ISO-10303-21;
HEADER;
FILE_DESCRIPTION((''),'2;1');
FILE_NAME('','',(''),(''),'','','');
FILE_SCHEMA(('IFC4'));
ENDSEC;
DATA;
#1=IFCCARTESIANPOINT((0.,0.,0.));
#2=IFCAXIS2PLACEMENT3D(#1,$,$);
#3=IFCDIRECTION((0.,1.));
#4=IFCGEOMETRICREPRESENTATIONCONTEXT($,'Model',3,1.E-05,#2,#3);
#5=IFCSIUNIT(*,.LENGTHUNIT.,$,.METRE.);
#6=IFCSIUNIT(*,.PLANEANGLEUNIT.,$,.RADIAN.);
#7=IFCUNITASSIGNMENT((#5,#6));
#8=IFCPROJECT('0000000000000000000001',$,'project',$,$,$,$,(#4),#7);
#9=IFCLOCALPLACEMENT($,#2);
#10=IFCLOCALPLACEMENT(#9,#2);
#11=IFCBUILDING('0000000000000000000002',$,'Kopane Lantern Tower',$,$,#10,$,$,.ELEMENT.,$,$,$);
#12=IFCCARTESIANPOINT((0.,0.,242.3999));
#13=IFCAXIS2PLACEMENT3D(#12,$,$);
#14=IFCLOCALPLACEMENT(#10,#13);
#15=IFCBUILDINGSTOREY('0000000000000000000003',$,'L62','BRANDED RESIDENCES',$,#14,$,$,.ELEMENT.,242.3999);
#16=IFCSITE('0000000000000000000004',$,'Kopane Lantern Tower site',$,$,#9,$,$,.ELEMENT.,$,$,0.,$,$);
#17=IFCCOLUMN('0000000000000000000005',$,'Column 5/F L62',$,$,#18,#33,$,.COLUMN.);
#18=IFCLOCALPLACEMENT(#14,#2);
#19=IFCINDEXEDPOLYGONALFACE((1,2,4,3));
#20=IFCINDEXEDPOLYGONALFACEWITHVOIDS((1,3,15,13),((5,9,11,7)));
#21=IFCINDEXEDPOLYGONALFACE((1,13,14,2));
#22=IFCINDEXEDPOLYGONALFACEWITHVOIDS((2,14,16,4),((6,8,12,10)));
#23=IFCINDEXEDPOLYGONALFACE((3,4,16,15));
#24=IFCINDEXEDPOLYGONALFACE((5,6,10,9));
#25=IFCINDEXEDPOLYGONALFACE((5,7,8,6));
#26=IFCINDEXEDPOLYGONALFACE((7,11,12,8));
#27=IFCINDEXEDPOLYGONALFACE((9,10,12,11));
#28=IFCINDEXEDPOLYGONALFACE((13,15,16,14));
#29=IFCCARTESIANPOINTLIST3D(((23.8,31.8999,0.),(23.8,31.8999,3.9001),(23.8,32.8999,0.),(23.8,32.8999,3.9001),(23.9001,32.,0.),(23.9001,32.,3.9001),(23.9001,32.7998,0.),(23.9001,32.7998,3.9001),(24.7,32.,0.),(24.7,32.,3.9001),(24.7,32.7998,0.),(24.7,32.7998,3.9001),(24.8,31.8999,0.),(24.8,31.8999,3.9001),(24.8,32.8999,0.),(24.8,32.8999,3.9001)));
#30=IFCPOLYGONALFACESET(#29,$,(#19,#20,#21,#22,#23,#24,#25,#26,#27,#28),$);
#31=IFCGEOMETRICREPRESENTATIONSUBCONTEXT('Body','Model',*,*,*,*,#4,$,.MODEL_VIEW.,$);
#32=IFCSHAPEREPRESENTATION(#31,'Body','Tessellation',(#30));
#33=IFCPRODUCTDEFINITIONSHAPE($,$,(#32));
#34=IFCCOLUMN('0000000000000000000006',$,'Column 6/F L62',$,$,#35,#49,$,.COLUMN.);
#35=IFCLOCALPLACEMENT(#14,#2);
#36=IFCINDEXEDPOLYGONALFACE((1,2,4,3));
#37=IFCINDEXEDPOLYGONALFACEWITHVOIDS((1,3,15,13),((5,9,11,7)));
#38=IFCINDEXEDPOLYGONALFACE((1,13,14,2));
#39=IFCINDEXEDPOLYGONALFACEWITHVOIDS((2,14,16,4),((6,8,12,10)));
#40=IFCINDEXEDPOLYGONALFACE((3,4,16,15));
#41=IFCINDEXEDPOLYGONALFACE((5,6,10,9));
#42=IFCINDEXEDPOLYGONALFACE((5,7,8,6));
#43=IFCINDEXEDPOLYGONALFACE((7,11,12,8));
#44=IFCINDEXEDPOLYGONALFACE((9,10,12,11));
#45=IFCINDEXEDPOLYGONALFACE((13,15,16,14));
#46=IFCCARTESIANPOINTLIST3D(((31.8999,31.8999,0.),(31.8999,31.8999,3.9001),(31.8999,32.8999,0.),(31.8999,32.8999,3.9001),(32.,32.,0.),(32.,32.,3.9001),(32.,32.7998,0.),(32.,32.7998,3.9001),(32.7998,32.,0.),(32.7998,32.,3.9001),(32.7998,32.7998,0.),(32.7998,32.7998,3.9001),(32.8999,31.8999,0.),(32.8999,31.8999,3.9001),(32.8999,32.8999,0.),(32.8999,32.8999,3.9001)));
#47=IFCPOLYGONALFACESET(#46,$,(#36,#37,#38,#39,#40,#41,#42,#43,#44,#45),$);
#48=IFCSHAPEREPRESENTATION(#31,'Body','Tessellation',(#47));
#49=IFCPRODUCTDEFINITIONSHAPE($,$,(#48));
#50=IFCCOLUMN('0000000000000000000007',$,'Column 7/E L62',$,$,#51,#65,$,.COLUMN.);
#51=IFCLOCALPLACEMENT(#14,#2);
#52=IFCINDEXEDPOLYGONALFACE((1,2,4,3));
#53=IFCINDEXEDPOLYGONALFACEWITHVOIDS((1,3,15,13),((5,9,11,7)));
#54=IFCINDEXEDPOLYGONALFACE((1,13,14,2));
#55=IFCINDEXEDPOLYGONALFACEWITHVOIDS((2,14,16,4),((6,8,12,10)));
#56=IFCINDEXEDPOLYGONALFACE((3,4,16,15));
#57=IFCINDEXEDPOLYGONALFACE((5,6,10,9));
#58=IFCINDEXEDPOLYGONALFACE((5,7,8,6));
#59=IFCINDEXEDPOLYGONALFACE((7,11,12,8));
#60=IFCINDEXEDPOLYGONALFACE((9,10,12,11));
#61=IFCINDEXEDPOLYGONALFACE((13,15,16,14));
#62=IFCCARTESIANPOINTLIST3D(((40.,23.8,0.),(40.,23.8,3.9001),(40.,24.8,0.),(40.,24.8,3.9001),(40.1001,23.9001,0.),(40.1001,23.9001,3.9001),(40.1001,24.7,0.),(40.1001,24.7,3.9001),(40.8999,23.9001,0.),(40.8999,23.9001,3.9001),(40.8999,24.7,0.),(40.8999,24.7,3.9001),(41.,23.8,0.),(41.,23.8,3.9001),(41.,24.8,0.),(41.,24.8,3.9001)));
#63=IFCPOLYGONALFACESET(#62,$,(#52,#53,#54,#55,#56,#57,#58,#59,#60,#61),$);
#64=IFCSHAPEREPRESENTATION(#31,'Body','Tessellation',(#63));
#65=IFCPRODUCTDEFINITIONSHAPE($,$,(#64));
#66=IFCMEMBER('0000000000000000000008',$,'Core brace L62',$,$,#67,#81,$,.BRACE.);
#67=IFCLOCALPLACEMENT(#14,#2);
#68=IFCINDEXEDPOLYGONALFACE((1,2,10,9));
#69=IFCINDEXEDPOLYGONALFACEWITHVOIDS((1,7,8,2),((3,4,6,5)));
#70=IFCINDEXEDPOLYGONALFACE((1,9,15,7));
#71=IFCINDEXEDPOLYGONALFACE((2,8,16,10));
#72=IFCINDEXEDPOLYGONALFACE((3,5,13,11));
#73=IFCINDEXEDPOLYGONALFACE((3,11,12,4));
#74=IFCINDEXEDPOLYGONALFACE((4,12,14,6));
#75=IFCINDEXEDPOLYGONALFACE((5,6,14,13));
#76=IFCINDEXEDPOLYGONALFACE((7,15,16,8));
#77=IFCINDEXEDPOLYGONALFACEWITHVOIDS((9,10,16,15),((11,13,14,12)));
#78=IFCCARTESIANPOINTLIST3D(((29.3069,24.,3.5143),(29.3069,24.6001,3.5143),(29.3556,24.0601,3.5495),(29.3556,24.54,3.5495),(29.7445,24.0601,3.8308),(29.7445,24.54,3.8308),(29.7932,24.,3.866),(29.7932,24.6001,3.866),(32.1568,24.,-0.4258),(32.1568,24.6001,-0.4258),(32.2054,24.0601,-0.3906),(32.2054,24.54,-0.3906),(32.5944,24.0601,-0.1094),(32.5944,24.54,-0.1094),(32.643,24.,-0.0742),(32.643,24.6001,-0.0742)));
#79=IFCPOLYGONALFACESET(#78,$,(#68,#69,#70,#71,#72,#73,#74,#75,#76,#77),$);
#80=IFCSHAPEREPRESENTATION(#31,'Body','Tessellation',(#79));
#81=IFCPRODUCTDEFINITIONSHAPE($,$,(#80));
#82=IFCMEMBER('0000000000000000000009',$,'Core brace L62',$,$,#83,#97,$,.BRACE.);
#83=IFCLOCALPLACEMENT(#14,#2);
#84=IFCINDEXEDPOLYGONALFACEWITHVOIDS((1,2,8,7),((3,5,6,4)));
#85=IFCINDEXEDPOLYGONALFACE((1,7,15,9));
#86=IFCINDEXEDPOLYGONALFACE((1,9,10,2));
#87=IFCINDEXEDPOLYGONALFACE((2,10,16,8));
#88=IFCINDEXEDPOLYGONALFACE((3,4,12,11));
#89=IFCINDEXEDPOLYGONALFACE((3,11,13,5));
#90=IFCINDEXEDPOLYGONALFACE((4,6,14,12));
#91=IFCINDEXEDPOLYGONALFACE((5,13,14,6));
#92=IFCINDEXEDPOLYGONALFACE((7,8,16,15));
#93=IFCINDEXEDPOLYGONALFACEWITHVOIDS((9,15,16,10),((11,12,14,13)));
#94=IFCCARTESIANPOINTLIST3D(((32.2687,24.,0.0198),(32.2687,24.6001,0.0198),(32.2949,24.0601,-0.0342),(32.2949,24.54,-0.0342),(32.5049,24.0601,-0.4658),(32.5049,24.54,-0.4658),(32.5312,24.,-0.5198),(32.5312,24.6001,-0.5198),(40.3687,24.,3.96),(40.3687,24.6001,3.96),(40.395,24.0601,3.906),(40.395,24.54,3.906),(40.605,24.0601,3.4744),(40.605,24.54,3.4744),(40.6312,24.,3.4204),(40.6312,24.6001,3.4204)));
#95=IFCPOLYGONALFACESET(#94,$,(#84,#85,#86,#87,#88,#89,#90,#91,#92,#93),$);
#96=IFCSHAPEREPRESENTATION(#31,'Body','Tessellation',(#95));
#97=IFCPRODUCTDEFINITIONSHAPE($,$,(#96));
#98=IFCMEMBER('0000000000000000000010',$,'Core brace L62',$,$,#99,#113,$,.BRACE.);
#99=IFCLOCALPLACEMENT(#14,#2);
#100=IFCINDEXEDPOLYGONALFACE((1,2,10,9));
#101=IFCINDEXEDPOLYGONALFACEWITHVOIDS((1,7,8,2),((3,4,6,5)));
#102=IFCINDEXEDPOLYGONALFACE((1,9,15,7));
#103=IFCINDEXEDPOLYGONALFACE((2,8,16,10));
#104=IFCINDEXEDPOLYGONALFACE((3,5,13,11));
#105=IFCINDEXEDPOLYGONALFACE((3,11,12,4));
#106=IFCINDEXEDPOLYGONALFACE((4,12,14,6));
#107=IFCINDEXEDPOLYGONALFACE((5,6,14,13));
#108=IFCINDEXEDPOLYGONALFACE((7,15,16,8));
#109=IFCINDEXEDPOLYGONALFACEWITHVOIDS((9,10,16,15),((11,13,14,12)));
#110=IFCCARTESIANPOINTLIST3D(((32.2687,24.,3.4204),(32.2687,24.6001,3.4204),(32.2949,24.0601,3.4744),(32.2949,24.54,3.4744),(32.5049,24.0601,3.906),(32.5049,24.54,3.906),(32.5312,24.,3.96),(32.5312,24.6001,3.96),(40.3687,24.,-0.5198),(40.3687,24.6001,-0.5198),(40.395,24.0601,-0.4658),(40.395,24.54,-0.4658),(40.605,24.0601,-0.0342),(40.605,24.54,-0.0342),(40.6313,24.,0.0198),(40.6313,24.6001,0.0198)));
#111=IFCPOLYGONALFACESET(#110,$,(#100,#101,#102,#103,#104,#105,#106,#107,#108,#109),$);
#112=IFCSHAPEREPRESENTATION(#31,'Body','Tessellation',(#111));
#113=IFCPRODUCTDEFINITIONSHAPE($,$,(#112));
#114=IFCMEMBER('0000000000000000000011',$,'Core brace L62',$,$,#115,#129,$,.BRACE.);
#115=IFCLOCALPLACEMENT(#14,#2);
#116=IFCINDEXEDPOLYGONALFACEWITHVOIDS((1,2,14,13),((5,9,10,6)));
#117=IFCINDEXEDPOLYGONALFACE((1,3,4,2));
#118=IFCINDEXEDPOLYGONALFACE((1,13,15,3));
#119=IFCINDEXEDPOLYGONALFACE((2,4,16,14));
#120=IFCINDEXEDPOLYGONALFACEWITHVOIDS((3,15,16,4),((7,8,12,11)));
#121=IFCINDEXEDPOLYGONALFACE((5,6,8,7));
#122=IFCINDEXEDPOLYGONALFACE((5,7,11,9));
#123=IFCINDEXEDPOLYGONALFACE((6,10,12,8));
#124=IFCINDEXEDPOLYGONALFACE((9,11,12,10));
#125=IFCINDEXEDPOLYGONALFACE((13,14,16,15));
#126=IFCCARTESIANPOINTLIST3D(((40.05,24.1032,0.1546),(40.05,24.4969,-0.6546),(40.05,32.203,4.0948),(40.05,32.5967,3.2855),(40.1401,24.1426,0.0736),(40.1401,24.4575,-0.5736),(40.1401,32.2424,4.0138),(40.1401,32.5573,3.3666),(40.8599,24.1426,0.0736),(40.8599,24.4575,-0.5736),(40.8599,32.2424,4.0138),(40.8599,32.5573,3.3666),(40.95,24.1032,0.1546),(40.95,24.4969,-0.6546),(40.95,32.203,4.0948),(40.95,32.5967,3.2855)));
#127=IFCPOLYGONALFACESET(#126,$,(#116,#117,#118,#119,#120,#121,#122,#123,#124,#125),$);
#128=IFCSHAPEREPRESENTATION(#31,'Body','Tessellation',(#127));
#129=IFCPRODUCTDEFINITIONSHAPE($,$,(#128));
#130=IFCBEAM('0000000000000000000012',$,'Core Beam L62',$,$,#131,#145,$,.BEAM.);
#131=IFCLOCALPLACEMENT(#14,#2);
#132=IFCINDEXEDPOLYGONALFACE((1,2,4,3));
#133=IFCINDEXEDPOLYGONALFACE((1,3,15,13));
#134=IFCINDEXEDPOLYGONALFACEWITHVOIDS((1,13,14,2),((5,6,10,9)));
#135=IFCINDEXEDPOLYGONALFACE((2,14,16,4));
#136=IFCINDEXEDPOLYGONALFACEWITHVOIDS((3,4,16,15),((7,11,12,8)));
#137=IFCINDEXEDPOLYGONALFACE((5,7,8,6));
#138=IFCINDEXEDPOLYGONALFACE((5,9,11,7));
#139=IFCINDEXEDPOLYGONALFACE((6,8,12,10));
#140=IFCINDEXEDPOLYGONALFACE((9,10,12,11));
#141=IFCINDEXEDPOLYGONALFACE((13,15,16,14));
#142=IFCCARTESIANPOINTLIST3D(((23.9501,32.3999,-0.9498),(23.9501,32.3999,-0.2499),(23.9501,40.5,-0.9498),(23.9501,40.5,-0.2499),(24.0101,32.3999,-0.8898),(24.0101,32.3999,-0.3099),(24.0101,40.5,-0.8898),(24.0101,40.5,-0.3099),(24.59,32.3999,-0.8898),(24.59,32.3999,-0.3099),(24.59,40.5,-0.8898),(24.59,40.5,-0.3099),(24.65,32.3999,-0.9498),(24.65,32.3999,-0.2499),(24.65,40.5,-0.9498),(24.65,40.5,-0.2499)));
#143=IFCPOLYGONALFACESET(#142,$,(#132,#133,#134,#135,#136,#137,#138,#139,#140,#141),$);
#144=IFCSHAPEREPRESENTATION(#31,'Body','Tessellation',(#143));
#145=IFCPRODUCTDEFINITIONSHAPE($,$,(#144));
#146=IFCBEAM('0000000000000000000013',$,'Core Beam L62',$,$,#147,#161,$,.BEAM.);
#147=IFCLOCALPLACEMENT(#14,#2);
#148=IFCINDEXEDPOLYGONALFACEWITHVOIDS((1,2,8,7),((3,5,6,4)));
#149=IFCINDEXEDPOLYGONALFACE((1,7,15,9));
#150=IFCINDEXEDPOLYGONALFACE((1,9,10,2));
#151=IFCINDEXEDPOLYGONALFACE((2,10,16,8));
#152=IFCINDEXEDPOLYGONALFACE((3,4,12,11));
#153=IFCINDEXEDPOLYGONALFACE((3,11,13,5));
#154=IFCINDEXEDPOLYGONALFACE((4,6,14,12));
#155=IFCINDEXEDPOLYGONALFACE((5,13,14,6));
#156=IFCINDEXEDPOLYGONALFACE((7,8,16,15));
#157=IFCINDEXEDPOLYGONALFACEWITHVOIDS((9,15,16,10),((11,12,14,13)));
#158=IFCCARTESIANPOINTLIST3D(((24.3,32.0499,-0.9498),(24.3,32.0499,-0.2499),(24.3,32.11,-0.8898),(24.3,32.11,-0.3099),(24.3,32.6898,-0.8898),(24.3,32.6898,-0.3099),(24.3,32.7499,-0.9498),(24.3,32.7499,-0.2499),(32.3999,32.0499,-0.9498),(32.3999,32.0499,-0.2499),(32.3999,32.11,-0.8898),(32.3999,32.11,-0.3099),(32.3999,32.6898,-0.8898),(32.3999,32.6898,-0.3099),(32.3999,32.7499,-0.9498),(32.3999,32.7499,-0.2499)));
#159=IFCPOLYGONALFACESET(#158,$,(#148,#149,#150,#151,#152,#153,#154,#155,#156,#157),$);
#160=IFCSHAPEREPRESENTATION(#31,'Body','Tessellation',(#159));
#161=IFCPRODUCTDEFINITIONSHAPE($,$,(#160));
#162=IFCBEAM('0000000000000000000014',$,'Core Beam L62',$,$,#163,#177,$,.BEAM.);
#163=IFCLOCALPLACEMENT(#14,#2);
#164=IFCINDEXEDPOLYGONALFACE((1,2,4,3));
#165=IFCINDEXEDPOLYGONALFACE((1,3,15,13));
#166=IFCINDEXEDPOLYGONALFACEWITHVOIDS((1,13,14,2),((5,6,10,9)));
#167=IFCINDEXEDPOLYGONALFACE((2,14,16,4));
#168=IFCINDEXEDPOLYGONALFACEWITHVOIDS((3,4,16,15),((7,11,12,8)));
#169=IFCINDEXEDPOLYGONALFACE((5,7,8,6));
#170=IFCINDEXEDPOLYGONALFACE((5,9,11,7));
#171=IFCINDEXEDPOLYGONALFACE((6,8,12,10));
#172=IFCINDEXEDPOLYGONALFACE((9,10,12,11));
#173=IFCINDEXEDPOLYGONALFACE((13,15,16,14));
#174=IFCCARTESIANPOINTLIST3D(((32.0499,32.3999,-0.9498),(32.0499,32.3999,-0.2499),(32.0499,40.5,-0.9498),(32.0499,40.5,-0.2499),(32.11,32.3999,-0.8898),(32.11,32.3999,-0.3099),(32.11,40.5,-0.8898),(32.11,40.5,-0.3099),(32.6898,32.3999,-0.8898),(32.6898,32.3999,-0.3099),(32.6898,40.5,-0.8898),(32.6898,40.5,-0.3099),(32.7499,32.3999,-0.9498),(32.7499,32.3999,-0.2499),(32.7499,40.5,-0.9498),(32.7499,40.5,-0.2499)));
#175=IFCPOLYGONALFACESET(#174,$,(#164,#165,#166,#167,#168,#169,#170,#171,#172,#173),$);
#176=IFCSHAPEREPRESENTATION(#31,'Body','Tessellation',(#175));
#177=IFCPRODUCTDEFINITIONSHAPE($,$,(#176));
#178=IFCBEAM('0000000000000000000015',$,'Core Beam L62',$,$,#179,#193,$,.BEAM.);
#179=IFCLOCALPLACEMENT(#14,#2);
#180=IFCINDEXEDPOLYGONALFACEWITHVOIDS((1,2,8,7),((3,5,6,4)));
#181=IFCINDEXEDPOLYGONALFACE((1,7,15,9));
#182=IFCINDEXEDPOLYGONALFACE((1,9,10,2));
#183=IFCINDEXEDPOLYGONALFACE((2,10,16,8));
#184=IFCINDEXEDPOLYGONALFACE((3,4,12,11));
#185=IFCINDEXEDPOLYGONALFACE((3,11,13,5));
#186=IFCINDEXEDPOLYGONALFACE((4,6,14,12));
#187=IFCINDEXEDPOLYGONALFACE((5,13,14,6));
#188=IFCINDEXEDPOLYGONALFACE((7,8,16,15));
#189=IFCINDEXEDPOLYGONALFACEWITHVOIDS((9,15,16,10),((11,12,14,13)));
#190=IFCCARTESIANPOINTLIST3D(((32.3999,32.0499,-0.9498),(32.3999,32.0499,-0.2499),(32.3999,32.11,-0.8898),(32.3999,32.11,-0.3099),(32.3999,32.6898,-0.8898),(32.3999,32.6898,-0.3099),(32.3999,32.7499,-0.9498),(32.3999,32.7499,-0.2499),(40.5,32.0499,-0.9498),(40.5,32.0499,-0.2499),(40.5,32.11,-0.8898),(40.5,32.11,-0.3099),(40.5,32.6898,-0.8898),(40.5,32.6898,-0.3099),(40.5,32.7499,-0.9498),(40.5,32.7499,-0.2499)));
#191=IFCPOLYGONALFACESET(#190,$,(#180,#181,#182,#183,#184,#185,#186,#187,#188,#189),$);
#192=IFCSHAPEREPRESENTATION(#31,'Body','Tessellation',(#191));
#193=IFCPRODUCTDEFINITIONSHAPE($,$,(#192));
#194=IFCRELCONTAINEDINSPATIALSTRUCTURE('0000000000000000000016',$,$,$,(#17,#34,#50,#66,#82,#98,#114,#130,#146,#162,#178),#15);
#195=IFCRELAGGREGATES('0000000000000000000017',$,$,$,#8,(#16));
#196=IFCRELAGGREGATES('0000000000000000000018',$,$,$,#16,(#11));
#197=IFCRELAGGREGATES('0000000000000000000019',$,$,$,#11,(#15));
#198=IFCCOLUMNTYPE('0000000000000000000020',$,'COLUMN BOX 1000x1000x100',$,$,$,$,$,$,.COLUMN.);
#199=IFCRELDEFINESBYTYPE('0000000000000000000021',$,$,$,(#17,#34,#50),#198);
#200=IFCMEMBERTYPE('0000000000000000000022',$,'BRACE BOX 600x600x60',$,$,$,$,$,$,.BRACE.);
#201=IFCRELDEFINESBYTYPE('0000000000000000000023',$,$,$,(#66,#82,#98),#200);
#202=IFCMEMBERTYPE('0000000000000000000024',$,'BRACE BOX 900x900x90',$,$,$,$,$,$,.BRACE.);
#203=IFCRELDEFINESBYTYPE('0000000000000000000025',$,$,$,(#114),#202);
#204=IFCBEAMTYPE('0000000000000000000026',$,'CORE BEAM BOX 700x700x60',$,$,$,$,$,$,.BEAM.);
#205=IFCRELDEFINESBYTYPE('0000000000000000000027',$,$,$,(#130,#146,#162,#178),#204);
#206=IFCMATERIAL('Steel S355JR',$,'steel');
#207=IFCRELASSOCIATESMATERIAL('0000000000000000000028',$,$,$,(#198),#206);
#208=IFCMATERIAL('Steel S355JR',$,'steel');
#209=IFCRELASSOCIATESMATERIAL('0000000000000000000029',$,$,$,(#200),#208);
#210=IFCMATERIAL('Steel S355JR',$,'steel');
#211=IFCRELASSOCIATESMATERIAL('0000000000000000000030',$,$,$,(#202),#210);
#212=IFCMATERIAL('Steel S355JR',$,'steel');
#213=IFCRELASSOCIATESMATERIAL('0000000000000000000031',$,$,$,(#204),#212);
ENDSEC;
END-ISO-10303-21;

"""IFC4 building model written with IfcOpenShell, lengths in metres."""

from ifc_helpers import new_model, si_unit, direction, frame, origin, origin_2d, place, context, subcontext, project, spatial, hollow_rectangle, extrude, material, material_profile, profile_set, type_object, element, save


model = new_model("IFC4")

# Units and contexts
model_context = context("Model", 3, precision=1e-05, world=origin(), true_north=direction((0.0, 1.0)))
body_context = subcontext(model_context, "Body", "Model", "MODEL_VIEW")
ifc_project = project(units=[si_unit("LENGTHUNIT", "METRE"), si_unit("PLANEANGLEUNIT", "RADIAN")], contexts=[model_context])

# Site, building, storey
site_placement = place(None, origin())
site = spatial("IfcSite", under=ifc_project, at=site_placement, Name="Kopane Lantern Tower site", CompositionType="ELEMENT", RefElevation=0.0)
building_placement = place(site_placement, origin())
building = spatial("IfcBuilding", under=site, at=building_placement, Name="Kopane Lantern Tower", CompositionType="ELEMENT")
storey_placement = place(building_placement, frame((0.0, 0.0, 242.3999)))
storey = spatial("IfcBuildingStorey", under=building, at=storey_placement, Name="L62", Description="BRANDED RESIDENCES", CompositionType="ELEMENT", Elevation=242.3999)

# Columns
ifc_material_1 = material(Name="Steel S355JR", Category="steel")
ifc_material_profile_1 = material_profile(ifc_material_1, hollow_rectangle(XDim=1.0, YDim=1.0, WallThickness=0.1001, at=origin_2d()), Name="BOX 1000x1000x100")
ifc_profile_set_1 = profile_set([ifc_material_profile_1], Name="Steel S355JR")
column_type = type_object("IfcColumnType", Name="COLUMN BOX 1000x1000x100", PredefinedType="COLUMN", material=ifc_profile_set_1)
for number, where, z_axis, x_axis, name in (
    (1, (24.3, 32.3999, 0.0), (0.0, 0.0, 1.0), (1.0, 0.0, 0.0), "Column 5/F L62"),
    (2, (32.3999, 32.3999, 0.0), (0.0, 0.0, 1.0), (1.0, 0.0, 0.0), "Column 6/F L62"),
    (3, (40.5, 24.3, 0.0), (0.0, 0.0, 1.0), (1.0, 0.0, 0.0), "Column 7/E L62"),
):
    element("IfcColumn", number, at=place(storey_placement, frame(where, z_axis=z_axis, x_axis=x_axis)), inside=storey, type_object=column_type, Name=name, PredefinedType="COLUMN", context=body_context, shape_type="SweptSolid", body=[
        extrude(hollow_rectangle(XDim=1.0, YDim=1.0, WallThickness=0.1001, at=origin_2d()), origin(), (0.0, 0.0, 1.0), 3.9001),
    ])

# Members
ifc_material_2 = material(Name="Steel S355JR", Category="steel")
ifc_material_profile_2 = material_profile(ifc_material_2, hollow_rectangle(XDim=0.6001, YDim=0.6001, WallThickness=0.0601, at=origin_2d()), Name="BOX 600x600x60")
ifc_profile_set_2 = profile_set([ifc_material_profile_2], Name="Steel S355JR")
member_type_1 = type_object("IfcMemberType", Name="BRACE BOX 600x600x60", PredefinedType="BRACE", material=ifc_profile_set_2)
member_1_placement = place(storey_placement, frame((32.3999, 24.3, -0.25), z_axis=(-0.586053, 0.0, 0.810273), x_axis=(0.0, -1.0, 0.0)))
element("IfcMember", 4, at=member_1_placement, inside=storey, type_object=member_type_1, Name="Core brace L62", PredefinedType="BRACE", context=body_context, shape_type="SweptSolid", body=[
    extrude(hollow_rectangle(XDim=0.6001, YDim=0.6001, WallThickness=0.0601, at=origin_2d()), origin(), (0.0, 0.0, 1.0), 4.8628),
])
for number, where, z_axis, x_axis, name in (
    (5, (32.3999, 24.3, -0.25), (0.899253, 0.0, 0.43743), (0.0, 1.0, 0.0), "Core brace L62"),
    (6, (40.5, 24.3, -0.25), (-0.899253, 0.0, 0.43743), (0.0, -1.0, 0.0), "Core brace L62"),
):
    element("IfcMember", number, at=place(storey_placement, frame(where, z_axis=z_axis, x_axis=x_axis)), inside=storey, type_object=member_type_1, Name=name, PredefinedType="BRACE", context=body_context, shape_type="SweptSolid", body=[
        extrude(hollow_rectangle(XDim=0.6001, YDim=0.6001, WallThickness=0.0601, at=origin_2d()), origin(), (0.0, 0.0, 1.0), 9.0076),
    ])
ifc_material_3 = material(Name="Steel S355JR", Category="steel")
ifc_material_profile_3 = material_profile(ifc_material_3, hollow_rectangle(XDim=0.8999, YDim=0.8999, WallThickness=0.0901, at=origin_2d()), Name="BOX 900x900x90")
ifc_profile_set_3 = profile_set([ifc_material_profile_3], Name="Steel S355JR")
member_type_2 = type_object("IfcMemberType", Name="BRACE BOX 900x900x90", PredefinedType="BRACE", material=ifc_profile_set_3)
member_2_placement = place(storey_placement, frame((40.5, 24.3, -0.25), z_axis=(0.0, 0.899247, 0.43744), x_axis=(-1.0, 0.0, 0.0)))
element("IfcMember", 7, at=member_2_placement, inside=storey, type_object=member_type_2, Name="Core brace L62", PredefinedType="BRACE", context=body_context, shape_type="SweptSolid", body=[
    extrude(hollow_rectangle(XDim=0.8999, YDim=0.8999, WallThickness=0.0901, at=origin_2d()), origin(), (0.0, 0.0, 1.0), 9.0073),
])

# Beams
ifc_material_4 = material(Name="Steel S355JR", Category="steel")
ifc_material_profile_4 = material_profile(ifc_material_4, hollow_rectangle(XDim=0.7, YDim=0.7, WallThickness=0.0601, at=origin_2d()), Name="BOX 700x700x60")
ifc_profile_set_4 = profile_set([ifc_material_profile_4], Name="Steel S355JR")
beam_type_1 = type_object("IfcBeamType", Name="CORE BEAM BOX 700x700x60", PredefinedType="BEAM", material=ifc_profile_set_4)
beam_1_placement = place(storey_placement, frame((24.3, 32.3999, -0.5999), z_axis=(0.0, 1.0, 0.0), x_axis=(-1.0, 0.0, 0.0)))
element("IfcBeam", 8, at=beam_1_placement, inside=storey, type_object=beam_type_1, Name="Core Beam L62", PredefinedType="BEAM", context=body_context, shape_type="SweptSolid", body=[
    extrude(hollow_rectangle(XDim=0.7, YDim=0.7, WallThickness=0.0601, at=origin_2d()), origin(), (0.0, 0.0, 1.0), 8.1001),
])
beam_2_placement = place(storey_placement, frame((24.3, 32.3999, -0.5999), z_axis=(1.0, 0.0, 0.0), x_axis=(0.0, 1.0, 0.0)))
element("IfcBeam", 9, at=beam_2_placement, inside=storey, type_object=beam_type_1, Name="Core Beam L62", PredefinedType="BEAM", context=body_context, shape_type="SweptSolid", body=[
    extrude(hollow_rectangle(XDim=0.7, YDim=0.7, WallThickness=0.0601, at=origin_2d()), origin(), (0.0, 0.0, 1.0), 8.0999),
])
for number, where, z_axis, x_axis, name in (
    (10, (32.3999, 32.3999, -0.5999), (0.0, 1.0, 0.0), (-1.0, 0.0, 0.0), "Core Beam L62"),
    (11, (32.3999, 32.3999, -0.5999), (1.0, 0.0, 0.0), (0.0, 1.0, 0.0), "Core Beam L62"),
):
    element("IfcBeam", number, at=place(storey_placement, frame(where, z_axis=z_axis, x_axis=x_axis)), inside=storey, type_object=beam_type_1, Name=name, PredefinedType="BEAM", context=body_context, shape_type="SweptSolid", body=[
        extrude(hollow_rectangle(XDim=0.7, YDim=0.7, WallThickness=0.0601, at=origin_2d()), origin(), (0.0, 0.0, 1.0), 8.1001),
    ])

save(model, "model.ifc")
